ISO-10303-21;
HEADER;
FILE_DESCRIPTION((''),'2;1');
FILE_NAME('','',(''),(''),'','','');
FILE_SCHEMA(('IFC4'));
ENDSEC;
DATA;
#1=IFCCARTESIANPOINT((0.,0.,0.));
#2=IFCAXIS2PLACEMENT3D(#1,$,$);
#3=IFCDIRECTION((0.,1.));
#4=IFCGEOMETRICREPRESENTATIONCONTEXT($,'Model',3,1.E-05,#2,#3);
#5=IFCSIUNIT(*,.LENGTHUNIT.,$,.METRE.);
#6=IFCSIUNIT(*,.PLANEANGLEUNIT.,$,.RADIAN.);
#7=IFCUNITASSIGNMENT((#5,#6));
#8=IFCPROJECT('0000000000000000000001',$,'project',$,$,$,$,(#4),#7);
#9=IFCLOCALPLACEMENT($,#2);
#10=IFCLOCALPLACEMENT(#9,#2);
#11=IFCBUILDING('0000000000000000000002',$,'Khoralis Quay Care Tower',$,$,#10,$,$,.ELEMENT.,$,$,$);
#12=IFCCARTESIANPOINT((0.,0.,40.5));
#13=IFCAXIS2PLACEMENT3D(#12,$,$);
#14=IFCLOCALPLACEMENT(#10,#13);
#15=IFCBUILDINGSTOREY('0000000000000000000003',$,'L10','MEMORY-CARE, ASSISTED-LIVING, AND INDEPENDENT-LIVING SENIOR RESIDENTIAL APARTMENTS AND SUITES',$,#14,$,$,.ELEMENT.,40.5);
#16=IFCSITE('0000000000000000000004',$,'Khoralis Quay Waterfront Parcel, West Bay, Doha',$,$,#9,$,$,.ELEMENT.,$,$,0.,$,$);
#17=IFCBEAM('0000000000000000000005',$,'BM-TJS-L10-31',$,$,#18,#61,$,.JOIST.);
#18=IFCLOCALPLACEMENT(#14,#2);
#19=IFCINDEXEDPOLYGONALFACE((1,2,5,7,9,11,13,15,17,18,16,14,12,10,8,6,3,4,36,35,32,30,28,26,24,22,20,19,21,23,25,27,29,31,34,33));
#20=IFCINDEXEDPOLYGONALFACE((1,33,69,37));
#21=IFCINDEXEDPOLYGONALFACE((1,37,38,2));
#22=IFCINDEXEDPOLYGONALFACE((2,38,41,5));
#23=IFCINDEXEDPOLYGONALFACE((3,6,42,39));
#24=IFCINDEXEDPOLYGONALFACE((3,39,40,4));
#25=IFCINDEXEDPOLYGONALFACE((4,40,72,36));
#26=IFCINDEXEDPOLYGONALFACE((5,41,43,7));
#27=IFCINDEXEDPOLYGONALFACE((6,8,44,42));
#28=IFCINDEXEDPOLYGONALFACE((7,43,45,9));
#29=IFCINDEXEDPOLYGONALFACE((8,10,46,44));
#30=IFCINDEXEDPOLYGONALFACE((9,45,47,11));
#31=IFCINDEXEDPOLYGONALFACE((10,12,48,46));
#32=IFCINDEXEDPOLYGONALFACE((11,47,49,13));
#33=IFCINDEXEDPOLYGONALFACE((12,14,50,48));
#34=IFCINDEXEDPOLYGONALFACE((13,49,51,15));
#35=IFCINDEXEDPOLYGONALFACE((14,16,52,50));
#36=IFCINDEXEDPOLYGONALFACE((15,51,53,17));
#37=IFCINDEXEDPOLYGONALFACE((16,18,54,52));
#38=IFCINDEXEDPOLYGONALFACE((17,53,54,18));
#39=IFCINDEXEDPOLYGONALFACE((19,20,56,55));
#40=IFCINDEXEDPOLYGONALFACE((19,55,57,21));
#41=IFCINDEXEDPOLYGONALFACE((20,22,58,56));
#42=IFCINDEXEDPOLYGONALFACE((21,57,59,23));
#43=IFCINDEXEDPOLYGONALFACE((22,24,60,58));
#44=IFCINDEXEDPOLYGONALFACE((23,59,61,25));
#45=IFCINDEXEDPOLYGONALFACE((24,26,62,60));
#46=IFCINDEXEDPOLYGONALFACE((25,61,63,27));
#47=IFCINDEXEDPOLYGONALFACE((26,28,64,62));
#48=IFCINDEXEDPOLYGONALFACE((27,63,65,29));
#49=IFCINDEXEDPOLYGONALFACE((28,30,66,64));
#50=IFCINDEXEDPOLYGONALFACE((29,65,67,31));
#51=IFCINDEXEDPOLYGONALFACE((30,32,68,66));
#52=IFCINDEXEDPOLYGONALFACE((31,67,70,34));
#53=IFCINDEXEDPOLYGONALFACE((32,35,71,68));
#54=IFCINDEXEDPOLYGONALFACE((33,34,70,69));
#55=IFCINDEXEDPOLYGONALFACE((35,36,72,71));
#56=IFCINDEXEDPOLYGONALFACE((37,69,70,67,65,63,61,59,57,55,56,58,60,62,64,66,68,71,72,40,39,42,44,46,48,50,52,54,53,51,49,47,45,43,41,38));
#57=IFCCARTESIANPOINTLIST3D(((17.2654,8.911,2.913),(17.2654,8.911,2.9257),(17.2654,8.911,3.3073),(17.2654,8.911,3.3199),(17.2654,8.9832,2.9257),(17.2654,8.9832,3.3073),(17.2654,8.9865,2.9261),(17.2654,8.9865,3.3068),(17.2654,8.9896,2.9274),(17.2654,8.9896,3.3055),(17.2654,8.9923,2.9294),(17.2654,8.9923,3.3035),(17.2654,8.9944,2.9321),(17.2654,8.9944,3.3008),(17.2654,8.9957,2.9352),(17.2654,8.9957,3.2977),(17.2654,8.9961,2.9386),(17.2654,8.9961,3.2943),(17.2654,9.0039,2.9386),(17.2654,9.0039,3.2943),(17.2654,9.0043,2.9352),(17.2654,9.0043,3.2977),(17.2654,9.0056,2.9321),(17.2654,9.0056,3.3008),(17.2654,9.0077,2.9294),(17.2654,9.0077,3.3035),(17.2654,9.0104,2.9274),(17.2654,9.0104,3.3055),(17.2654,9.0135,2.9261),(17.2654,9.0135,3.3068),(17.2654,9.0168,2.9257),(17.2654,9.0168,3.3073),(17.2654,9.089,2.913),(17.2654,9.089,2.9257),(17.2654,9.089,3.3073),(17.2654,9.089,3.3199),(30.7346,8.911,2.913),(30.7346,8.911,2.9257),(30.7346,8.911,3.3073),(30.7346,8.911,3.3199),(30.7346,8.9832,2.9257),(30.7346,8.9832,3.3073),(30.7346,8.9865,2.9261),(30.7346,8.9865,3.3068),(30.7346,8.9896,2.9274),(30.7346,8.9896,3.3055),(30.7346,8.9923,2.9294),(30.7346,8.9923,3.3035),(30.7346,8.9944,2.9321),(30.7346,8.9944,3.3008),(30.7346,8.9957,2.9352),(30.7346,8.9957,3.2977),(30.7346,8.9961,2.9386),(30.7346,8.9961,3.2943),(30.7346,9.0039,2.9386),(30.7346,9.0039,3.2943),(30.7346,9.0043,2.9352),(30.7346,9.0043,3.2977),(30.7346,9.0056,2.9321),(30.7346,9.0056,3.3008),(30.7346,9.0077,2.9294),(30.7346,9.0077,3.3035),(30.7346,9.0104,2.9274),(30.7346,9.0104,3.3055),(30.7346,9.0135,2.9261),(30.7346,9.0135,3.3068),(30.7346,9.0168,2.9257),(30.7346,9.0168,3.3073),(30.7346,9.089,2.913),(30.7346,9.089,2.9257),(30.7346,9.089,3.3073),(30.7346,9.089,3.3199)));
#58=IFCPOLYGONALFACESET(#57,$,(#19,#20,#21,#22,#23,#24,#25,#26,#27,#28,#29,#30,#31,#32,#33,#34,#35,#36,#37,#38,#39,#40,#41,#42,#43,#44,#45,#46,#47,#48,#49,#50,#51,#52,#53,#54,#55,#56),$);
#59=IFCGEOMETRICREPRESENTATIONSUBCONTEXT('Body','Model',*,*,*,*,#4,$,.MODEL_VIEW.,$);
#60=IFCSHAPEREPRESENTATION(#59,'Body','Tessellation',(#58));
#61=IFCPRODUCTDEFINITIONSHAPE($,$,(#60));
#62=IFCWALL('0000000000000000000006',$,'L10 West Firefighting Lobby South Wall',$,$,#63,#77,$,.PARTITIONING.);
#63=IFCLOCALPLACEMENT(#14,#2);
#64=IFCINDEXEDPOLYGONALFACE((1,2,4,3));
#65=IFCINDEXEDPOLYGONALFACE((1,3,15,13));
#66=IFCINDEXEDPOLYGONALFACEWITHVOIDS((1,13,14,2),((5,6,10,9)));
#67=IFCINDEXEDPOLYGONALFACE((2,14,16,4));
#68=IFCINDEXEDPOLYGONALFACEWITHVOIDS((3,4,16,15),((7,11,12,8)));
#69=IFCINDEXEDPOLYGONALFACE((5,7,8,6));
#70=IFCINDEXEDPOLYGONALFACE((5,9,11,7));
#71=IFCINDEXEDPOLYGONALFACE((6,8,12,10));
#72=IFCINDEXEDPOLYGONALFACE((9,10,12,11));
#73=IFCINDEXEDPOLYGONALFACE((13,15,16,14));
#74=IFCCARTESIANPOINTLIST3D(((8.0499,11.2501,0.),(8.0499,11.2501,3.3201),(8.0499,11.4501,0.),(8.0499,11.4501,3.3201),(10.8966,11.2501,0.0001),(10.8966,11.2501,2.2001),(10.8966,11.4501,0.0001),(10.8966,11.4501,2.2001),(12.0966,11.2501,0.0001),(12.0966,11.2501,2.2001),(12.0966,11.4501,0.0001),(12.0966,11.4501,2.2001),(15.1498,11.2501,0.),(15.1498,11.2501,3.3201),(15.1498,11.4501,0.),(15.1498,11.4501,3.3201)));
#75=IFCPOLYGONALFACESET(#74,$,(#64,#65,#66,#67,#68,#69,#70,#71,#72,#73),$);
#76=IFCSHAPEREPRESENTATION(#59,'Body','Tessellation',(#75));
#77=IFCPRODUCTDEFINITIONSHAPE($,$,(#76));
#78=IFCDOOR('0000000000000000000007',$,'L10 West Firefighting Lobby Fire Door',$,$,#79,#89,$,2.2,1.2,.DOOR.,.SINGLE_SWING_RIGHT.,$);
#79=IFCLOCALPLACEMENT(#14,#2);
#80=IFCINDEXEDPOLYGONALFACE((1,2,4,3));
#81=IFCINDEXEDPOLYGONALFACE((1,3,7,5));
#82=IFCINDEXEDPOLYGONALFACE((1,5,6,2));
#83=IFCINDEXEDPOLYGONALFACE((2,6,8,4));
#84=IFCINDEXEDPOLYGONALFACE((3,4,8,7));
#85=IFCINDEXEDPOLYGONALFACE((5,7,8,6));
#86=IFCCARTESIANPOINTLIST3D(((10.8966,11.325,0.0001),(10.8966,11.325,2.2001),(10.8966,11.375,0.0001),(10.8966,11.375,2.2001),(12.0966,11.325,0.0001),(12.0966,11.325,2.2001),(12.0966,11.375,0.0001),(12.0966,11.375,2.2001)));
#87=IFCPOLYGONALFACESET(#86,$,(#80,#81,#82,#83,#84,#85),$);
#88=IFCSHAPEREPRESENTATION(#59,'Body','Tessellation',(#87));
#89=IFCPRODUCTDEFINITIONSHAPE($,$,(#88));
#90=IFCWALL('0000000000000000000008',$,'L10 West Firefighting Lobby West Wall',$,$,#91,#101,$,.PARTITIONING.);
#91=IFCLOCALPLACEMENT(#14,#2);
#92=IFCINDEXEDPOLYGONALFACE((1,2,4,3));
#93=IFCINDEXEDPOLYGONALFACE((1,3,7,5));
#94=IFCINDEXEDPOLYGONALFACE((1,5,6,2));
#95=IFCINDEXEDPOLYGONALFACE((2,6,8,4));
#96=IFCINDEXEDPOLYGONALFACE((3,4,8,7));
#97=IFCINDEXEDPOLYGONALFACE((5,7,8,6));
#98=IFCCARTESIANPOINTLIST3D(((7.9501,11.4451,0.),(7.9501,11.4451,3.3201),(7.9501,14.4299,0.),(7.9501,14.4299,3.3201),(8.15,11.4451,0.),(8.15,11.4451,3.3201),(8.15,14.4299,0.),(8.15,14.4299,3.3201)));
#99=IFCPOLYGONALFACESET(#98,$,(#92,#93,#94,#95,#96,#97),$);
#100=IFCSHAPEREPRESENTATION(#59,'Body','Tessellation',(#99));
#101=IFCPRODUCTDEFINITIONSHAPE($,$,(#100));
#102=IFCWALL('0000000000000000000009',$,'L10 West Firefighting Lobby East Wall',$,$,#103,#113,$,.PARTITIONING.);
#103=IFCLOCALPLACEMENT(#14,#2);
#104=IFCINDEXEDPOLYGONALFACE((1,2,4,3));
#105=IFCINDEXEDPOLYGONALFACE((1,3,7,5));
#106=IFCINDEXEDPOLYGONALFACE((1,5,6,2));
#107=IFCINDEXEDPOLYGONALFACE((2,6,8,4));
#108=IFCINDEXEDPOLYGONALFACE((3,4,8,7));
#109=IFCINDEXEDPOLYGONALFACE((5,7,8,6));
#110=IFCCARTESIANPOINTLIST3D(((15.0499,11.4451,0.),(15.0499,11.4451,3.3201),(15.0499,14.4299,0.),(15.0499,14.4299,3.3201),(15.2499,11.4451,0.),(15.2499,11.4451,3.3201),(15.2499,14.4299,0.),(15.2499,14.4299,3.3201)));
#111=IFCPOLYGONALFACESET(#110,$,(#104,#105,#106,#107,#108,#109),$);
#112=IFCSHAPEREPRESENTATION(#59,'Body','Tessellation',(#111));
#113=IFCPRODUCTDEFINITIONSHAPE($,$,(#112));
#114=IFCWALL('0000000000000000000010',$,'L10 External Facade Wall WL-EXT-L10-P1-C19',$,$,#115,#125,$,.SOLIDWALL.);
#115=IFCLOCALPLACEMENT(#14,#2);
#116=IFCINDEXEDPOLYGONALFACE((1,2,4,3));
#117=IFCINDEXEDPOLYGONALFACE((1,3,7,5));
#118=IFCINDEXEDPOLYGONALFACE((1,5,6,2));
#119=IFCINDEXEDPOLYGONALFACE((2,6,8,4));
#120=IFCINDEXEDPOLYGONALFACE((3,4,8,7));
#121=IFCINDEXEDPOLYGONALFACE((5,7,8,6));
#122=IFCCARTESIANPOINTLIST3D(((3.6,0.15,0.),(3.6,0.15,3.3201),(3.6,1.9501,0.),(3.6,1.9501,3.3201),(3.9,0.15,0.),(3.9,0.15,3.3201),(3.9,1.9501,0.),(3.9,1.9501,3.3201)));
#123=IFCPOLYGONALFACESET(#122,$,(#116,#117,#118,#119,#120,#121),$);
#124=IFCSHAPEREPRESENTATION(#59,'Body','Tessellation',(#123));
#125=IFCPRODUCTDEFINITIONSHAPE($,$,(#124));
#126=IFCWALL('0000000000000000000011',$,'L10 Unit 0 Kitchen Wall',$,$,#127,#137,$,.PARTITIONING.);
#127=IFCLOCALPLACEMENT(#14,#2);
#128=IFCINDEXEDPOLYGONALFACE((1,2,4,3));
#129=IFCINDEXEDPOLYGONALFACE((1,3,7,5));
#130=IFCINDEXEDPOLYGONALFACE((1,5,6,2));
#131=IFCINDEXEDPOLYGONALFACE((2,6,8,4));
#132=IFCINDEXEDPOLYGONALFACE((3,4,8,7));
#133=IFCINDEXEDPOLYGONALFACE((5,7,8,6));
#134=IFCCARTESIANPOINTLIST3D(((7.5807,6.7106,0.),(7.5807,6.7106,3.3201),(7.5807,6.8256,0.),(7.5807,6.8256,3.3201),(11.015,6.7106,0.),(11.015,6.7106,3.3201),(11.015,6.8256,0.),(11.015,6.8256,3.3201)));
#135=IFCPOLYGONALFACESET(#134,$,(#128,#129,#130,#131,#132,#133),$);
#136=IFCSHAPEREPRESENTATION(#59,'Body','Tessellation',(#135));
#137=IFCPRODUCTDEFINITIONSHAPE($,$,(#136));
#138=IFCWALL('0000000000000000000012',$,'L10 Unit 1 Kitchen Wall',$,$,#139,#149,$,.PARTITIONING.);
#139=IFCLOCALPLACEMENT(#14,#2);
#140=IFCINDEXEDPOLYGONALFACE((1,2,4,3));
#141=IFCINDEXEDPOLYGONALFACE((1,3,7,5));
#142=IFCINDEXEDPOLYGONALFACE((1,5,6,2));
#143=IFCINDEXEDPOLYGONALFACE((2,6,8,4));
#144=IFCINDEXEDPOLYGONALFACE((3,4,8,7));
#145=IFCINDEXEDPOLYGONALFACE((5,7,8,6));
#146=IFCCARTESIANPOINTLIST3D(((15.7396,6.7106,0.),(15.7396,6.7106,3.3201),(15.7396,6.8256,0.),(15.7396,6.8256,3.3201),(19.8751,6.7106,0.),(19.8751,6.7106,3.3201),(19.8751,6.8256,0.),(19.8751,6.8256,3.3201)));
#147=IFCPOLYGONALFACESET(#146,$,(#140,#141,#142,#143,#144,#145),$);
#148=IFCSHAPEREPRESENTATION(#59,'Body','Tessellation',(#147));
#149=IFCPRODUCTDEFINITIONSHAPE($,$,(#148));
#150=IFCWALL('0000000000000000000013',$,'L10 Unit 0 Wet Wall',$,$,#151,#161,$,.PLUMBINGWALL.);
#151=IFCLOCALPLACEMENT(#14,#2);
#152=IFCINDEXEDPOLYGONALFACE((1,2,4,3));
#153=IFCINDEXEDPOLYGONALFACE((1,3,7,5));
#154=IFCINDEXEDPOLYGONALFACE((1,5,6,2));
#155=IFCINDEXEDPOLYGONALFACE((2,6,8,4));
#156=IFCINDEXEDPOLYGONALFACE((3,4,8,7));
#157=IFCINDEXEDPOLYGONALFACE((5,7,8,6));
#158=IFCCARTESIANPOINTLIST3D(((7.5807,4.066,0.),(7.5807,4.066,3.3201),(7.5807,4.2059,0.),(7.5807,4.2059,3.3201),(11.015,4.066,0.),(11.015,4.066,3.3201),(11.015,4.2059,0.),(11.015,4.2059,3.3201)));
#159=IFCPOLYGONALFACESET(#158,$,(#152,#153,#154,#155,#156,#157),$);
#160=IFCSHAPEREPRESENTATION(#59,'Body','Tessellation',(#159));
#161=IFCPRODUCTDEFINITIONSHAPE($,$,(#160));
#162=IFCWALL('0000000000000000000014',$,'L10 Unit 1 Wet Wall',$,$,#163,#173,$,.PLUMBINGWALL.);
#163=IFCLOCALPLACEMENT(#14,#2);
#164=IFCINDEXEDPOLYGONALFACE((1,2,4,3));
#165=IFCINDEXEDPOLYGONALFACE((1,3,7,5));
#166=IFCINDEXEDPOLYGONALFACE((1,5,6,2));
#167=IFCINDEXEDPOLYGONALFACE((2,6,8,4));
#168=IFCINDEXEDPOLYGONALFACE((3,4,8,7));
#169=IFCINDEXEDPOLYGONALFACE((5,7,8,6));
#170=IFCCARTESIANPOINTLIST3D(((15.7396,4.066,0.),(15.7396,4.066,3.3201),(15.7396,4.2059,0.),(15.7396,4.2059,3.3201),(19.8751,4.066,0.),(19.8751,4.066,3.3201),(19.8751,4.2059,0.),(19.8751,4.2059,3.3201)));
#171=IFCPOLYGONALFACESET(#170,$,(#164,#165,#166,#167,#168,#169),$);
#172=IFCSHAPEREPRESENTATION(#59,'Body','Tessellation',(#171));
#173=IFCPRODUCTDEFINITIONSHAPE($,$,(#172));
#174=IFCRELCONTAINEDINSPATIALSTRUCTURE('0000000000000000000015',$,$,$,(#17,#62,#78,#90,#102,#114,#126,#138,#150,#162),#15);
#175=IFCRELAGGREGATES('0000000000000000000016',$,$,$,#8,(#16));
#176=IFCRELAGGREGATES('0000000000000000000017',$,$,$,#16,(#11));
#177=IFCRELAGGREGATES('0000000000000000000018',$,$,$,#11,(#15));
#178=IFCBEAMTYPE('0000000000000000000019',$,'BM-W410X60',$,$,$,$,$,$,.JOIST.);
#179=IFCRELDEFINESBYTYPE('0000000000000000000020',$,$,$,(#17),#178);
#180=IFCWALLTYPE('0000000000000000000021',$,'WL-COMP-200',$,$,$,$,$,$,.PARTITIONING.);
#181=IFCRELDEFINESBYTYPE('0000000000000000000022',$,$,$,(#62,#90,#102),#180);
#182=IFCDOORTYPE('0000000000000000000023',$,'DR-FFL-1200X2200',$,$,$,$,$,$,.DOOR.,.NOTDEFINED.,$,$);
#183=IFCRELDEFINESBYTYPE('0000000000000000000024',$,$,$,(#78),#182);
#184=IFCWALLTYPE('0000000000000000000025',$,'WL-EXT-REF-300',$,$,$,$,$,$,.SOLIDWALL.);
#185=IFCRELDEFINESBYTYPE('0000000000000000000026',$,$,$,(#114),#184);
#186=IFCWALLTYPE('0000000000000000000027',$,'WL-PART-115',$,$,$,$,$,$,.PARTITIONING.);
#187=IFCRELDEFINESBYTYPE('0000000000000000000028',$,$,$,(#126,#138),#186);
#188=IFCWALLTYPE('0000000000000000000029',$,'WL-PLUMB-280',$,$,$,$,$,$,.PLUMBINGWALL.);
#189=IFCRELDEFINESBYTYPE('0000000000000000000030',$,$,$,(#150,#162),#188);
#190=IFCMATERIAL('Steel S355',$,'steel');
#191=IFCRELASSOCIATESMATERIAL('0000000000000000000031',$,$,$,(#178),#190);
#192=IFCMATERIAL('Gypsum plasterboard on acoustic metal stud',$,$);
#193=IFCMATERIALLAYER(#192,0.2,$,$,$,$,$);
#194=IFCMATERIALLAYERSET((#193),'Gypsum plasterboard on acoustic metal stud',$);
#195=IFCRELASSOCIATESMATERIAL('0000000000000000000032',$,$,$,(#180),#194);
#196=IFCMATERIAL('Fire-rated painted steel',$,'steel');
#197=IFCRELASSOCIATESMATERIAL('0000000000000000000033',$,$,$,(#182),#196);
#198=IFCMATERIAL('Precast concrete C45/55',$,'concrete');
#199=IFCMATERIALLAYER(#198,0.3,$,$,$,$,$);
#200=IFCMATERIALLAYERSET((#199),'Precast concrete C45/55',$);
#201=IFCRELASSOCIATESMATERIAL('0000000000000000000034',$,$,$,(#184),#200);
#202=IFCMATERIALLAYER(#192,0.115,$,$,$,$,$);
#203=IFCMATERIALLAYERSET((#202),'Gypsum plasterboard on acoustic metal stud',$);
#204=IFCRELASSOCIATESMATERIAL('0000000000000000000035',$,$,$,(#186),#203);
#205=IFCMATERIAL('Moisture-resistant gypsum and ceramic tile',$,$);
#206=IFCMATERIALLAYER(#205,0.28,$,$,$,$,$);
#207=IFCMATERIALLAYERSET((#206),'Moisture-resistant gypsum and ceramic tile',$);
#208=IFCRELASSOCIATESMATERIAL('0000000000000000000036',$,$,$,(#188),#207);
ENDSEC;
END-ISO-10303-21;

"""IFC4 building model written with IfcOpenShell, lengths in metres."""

from ifc_helpers import new_model, si_unit, direction, frame, frame_2d, origin, origin_2d, place, context, subcontext, project, spatial, rectangle, i_section, extrude, source, transform, mapped, material, layer, layer_set, material_profile, profile_set, type_object, element, fill, save


model = new_model("IFC4")

# Units and contexts
model_context = context("Model", 3, precision=1e-05, world=origin(), true_north=direction((0.0, 1.0)))
body_context = subcontext(model_context, "Body", "Model", "MODEL_VIEW")
ifc_project = project(units=[si_unit("LENGTHUNIT", "METRE"), si_unit("PLANEANGLEUNIT", "RADIAN")], contexts=[model_context])

# Site, building, storey
site_placement = place(None, origin())
site = spatial("IfcSite", under=ifc_project, at=site_placement, Name="Khoralis Quay Waterfront Parcel, West Bay, Doha", CompositionType="ELEMENT", RefElevation=0.0)
building_placement = place(site_placement, origin())
building = spatial("IfcBuilding", under=site, at=building_placement, Name="Khoralis Quay Care Tower", CompositionType="ELEMENT")
storey_placement = place(building_placement, frame((0.0, 0.0, 40.5)))
storey = spatial("IfcBuildingStorey", under=building, at=storey_placement, Name="L10", Description="MEMORY-CARE, ASSISTED-LIVING, AND INDEPENDENT-LIVING SENIOR RESIDENTIAL APARTMENTS AND SUITES", CompositionType="ELEMENT", Elevation=40.5)

# Beam
ifc_material_1 = material(Name="Steel S355", Category="steel")
ifc_material_profile_1 = material_profile(ifc_material_1, i_section(OverallWidth=0.178, OverallDepth=0.407, WebThickness=0.0078, FlangeThickness=0.0127, FilletRadius=0.0129, at=origin_2d()), Name="Steel S355")
ifc_profile_set_1 = profile_set([ifc_material_profile_1], Name="Steel S355")
beam_type_1 = type_object("IfcBeamType", Name="BM-W410X60", PredefinedType="JOIST", material=ifc_profile_set_1)
shared_shape_1 = source(origin(), body_context, "Body", "SweptSolid", [
    extrude(i_section(OverallWidth=0.178, OverallDepth=0.407, WebThickness=0.0078, FlangeThickness=0.0127, FilletRadius=0.0129, at=origin_2d()), origin(), (0.0, 0.0, 1.0), 13.4692),
])
beam_1_placement = place(storey_placement, frame((17.2654, 9.0, 3.1165), z_axis=(1.0, 0.0, 0.0), x_axis=(0.0, 1.0, 0.0)))
element("IfcBeam", 1, at=beam_1_placement, inside=storey, type_object=beam_type_1, Name="BM-TJS-L10-31", PredefinedType="JOIST", context=body_context, shape_type="MappedRepresentation", body=[
    mapped(shared_shape_1, transform((0.0, 0.0, 0.0), scale=1.0)),
])

# Wall, opening, door
ifc_material_2 = material(Name="Gypsum plasterboard on acoustic metal stud")
ifc_layer_1 = layer(ifc_material_2, 0.2)
ifc_layer_set_1 = layer_set([ifc_layer_1], Name="Gypsum plasterboard on acoustic metal stud")
wall_type_1 = type_object("IfcWallType", Name="WL-COMP-200", PredefinedType="PARTITIONING", material=ifc_layer_set_1)
wall_1_placement = place(storey_placement, frame((8.05, 11.3501, 0.0), z_axis=(0.0, 0.0, 1.0), x_axis=(1.0, 0.0, 0.0)))
wall_1 = element("IfcWall", 2, at=wall_1_placement, inside=storey, type_object=wall_type_1, Name="L10 West Firefighting Lobby South Wall", PredefinedType="PARTITIONING", context=body_context, shape_type="SweptSolid", body=[
    extrude(rectangle(XDim=7.0999, YDim=0.2, at=frame_2d((3.5498, 0.0))), origin(), (0.0, 0.0, 1.0), 3.3201),
])
opening_placement = place(wall_1_placement, frame((2.8464, 0.0, 0.0)))
opening = element("IfcOpeningElement", 3, at=opening_placement, cuts=wall_1, PredefinedType="OPENING", context=body_context, shape_type="SweptSolid", body=[
    extrude(rectangle(XDim=1.2, YDim=2.2, at=frame_2d((0.6001, 1.1001))), frame((0.0, 0.1099, 0.0), z_axis=(0.0, -1.0, 0.0), x_axis=(1.0, 0.0, 0.0)), (0.0, 0.0, 1.0), 0.22),
])
ifc_material_3 = material(Name="Fire-rated painted steel", Category="steel")
door_type = type_object("IfcDoorType", Name="DR-FFL-1200X2200", OperationType="NOTDEFINED", PredefinedType="DOOR", material=ifc_material_3)
shared_shape_2 = source(origin(), body_context, "Body", "SweptSolid", [
    extrude(rectangle(XDim=1.2, YDim=2.2, at=frame_2d((0.6001, 1.1001))), frame((0.0, 0.0249, 0.0), z_axis=(0.0, -1.0, 0.0), x_axis=(1.0, 0.0, 0.0)), (0.0, 0.0, 1.0), 0.05),
])
door_placement = place(opening_placement, origin())
door = element("IfcDoor", 4, at=door_placement, inside=storey, type_object=door_type, Name="L10 West Firefighting Lobby Fire Door", OperationType="SINGLE_SWING_RIGHT", OverallHeight=2.2, OverallWidth=1.2, PredefinedType="DOOR", context=body_context, shape_type="MappedRepresentation", body=[
    mapped(shared_shape_2, transform((0.0, 0.0, 0.0), scale=1.0)),
])
fill(opening, door)

# Walls
for number, where, z_axis, x_axis, name in (
    (5, (8.05, 11.4451, 0.0), (0.0, 0.0, 1.0), (0.0, 1.0, 0.0), "L10 West Firefighting Lobby West Wall"),
    (6, (15.1499, 11.4451, 0.0), (0.0, 0.0, 1.0), (0.0, 1.0, 0.0), "L10 West Firefighting Lobby East Wall"),
):
    element("IfcWall", number, at=place(storey_placement, frame(where, z_axis=z_axis, x_axis=x_axis)), inside=storey, type_object=wall_type_1, Name=name, PredefinedType="PARTITIONING", context=body_context, shape_type="SweptSolid", body=[
        extrude(rectangle(XDim=2.9849, YDim=0.2, at=frame_2d((1.4924, 0.0))), origin(), (0.0, 0.0, 1.0), 3.3201),
    ])
ifc_material_4 = material(Name="Precast concrete C45/55", Category="concrete")
ifc_layer_2 = layer(ifc_material_4, 0.3)
ifc_layer_set_2 = layer_set([ifc_layer_2], Name="Precast concrete C45/55")
wall_type_2 = type_object("IfcWallType", Name="WL-EXT-REF-300", PredefinedType="SOLIDWALL", material=ifc_layer_set_2)
wall_2_placement = place(storey_placement, frame((3.75, 1.95, 0.0), z_axis=(0.0, 0.0, 1.0), x_axis=(0.0, -1.0, 0.0)))
element("IfcWall", 7, at=wall_2_placement, inside=storey, type_object=wall_type_2, Name="L10 External Facade Wall WL-EXT-L10-P1-C19", PredefinedType="SOLIDWALL", context=body_context, shape_type="SweptSolid", body=[
    extrude(rectangle(XDim=1.8, YDim=0.3, at=frame_2d((0.8999, 0.0))), origin(), (0.0, 0.0, 1.0), 3.3201),
])
ifc_layer_3 = layer(ifc_material_2, 0.115)
ifc_layer_set_3 = layer_set([ifc_layer_3], Name="Gypsum plasterboard on acoustic metal stud")
wall_type_3 = type_object("IfcWallType", Name="WL-PART-115", PredefinedType="PARTITIONING", material=ifc_layer_set_3)
wall_3_placement = place(storey_placement, frame((7.5806, 6.7681, 0.0), z_axis=(0.0, 0.0, 1.0), x_axis=(1.0, 0.0, 0.0)))
element("IfcWall", 8, at=wall_3_placement, inside=storey, type_object=wall_type_3, Name="L10 Unit 0 Kitchen Wall", PredefinedType="PARTITIONING", context=body_context, shape_type="SweptSolid", body=[
    extrude(rectangle(XDim=3.4343, YDim=0.115, at=frame_2d((1.7173, 0.0))), origin(), (0.0, 0.0, 1.0), 3.3201),
])
wall_4_placement = place(storey_placement, frame((15.7395, 6.7681, 0.0), z_axis=(0.0, 0.0, 1.0), x_axis=(1.0, 0.0, 0.0)))
element("IfcWall", 9, at=wall_4_placement, inside=storey, type_object=wall_type_3, Name="L10 Unit 1 Kitchen Wall", PredefinedType="PARTITIONING", context=body_context, shape_type="SweptSolid", body=[
    extrude(rectangle(XDim=4.1355, YDim=0.115, at=frame_2d((2.0679, 0.0))), origin(), (0.0, 0.0, 1.0), 3.3201),
])
ifc_material_5 = material(Name="Moisture-resistant gypsum and ceramic tile")
ifc_layer_4 = layer(ifc_material_5, 0.28)
ifc_layer_set_4 = layer_set([ifc_layer_4], Name="Moisture-resistant gypsum and ceramic tile")
wall_type_4 = type_object("IfcWallType", Name="WL-PLUMB-280", PredefinedType="PLUMBINGWALL", material=ifc_layer_set_4)
wall_5_placement = place(storey_placement, frame((7.5806, 4.136, 0.0), z_axis=(0.0, 0.0, 1.0), x_axis=(1.0, 0.0, 0.0)))
element("IfcWall", 10, at=wall_5_placement, inside=storey, type_object=wall_type_4, Name="L10 Unit 0 Wet Wall", PredefinedType="PLUMBINGWALL", context=body_context, shape_type="SweptSolid", body=[
    extrude(rectangle(XDim=3.4343, YDim=0.1399, at=frame_2d((1.7173, 0.0))), origin(), (0.0, 0.0, 1.0), 3.3201),
])
wall_6_placement = place(storey_placement, frame((15.7395, 4.136, 0.0), z_axis=(0.0, 0.0, 1.0), x_axis=(1.0, 0.0, 0.0)))
element("IfcWall", 11, at=wall_6_placement, inside=storey, type_object=wall_type_4, Name="L10 Unit 1 Wet Wall", PredefinedType="PLUMBINGWALL", context=body_context, shape_type="SweptSolid", body=[
    extrude(rectangle(XDim=4.1355, YDim=0.1399, at=frame_2d((2.0679, 0.0))), origin(), (0.0, 0.0, 1.0), 3.3201),
])

save(model, "model.ifc")
